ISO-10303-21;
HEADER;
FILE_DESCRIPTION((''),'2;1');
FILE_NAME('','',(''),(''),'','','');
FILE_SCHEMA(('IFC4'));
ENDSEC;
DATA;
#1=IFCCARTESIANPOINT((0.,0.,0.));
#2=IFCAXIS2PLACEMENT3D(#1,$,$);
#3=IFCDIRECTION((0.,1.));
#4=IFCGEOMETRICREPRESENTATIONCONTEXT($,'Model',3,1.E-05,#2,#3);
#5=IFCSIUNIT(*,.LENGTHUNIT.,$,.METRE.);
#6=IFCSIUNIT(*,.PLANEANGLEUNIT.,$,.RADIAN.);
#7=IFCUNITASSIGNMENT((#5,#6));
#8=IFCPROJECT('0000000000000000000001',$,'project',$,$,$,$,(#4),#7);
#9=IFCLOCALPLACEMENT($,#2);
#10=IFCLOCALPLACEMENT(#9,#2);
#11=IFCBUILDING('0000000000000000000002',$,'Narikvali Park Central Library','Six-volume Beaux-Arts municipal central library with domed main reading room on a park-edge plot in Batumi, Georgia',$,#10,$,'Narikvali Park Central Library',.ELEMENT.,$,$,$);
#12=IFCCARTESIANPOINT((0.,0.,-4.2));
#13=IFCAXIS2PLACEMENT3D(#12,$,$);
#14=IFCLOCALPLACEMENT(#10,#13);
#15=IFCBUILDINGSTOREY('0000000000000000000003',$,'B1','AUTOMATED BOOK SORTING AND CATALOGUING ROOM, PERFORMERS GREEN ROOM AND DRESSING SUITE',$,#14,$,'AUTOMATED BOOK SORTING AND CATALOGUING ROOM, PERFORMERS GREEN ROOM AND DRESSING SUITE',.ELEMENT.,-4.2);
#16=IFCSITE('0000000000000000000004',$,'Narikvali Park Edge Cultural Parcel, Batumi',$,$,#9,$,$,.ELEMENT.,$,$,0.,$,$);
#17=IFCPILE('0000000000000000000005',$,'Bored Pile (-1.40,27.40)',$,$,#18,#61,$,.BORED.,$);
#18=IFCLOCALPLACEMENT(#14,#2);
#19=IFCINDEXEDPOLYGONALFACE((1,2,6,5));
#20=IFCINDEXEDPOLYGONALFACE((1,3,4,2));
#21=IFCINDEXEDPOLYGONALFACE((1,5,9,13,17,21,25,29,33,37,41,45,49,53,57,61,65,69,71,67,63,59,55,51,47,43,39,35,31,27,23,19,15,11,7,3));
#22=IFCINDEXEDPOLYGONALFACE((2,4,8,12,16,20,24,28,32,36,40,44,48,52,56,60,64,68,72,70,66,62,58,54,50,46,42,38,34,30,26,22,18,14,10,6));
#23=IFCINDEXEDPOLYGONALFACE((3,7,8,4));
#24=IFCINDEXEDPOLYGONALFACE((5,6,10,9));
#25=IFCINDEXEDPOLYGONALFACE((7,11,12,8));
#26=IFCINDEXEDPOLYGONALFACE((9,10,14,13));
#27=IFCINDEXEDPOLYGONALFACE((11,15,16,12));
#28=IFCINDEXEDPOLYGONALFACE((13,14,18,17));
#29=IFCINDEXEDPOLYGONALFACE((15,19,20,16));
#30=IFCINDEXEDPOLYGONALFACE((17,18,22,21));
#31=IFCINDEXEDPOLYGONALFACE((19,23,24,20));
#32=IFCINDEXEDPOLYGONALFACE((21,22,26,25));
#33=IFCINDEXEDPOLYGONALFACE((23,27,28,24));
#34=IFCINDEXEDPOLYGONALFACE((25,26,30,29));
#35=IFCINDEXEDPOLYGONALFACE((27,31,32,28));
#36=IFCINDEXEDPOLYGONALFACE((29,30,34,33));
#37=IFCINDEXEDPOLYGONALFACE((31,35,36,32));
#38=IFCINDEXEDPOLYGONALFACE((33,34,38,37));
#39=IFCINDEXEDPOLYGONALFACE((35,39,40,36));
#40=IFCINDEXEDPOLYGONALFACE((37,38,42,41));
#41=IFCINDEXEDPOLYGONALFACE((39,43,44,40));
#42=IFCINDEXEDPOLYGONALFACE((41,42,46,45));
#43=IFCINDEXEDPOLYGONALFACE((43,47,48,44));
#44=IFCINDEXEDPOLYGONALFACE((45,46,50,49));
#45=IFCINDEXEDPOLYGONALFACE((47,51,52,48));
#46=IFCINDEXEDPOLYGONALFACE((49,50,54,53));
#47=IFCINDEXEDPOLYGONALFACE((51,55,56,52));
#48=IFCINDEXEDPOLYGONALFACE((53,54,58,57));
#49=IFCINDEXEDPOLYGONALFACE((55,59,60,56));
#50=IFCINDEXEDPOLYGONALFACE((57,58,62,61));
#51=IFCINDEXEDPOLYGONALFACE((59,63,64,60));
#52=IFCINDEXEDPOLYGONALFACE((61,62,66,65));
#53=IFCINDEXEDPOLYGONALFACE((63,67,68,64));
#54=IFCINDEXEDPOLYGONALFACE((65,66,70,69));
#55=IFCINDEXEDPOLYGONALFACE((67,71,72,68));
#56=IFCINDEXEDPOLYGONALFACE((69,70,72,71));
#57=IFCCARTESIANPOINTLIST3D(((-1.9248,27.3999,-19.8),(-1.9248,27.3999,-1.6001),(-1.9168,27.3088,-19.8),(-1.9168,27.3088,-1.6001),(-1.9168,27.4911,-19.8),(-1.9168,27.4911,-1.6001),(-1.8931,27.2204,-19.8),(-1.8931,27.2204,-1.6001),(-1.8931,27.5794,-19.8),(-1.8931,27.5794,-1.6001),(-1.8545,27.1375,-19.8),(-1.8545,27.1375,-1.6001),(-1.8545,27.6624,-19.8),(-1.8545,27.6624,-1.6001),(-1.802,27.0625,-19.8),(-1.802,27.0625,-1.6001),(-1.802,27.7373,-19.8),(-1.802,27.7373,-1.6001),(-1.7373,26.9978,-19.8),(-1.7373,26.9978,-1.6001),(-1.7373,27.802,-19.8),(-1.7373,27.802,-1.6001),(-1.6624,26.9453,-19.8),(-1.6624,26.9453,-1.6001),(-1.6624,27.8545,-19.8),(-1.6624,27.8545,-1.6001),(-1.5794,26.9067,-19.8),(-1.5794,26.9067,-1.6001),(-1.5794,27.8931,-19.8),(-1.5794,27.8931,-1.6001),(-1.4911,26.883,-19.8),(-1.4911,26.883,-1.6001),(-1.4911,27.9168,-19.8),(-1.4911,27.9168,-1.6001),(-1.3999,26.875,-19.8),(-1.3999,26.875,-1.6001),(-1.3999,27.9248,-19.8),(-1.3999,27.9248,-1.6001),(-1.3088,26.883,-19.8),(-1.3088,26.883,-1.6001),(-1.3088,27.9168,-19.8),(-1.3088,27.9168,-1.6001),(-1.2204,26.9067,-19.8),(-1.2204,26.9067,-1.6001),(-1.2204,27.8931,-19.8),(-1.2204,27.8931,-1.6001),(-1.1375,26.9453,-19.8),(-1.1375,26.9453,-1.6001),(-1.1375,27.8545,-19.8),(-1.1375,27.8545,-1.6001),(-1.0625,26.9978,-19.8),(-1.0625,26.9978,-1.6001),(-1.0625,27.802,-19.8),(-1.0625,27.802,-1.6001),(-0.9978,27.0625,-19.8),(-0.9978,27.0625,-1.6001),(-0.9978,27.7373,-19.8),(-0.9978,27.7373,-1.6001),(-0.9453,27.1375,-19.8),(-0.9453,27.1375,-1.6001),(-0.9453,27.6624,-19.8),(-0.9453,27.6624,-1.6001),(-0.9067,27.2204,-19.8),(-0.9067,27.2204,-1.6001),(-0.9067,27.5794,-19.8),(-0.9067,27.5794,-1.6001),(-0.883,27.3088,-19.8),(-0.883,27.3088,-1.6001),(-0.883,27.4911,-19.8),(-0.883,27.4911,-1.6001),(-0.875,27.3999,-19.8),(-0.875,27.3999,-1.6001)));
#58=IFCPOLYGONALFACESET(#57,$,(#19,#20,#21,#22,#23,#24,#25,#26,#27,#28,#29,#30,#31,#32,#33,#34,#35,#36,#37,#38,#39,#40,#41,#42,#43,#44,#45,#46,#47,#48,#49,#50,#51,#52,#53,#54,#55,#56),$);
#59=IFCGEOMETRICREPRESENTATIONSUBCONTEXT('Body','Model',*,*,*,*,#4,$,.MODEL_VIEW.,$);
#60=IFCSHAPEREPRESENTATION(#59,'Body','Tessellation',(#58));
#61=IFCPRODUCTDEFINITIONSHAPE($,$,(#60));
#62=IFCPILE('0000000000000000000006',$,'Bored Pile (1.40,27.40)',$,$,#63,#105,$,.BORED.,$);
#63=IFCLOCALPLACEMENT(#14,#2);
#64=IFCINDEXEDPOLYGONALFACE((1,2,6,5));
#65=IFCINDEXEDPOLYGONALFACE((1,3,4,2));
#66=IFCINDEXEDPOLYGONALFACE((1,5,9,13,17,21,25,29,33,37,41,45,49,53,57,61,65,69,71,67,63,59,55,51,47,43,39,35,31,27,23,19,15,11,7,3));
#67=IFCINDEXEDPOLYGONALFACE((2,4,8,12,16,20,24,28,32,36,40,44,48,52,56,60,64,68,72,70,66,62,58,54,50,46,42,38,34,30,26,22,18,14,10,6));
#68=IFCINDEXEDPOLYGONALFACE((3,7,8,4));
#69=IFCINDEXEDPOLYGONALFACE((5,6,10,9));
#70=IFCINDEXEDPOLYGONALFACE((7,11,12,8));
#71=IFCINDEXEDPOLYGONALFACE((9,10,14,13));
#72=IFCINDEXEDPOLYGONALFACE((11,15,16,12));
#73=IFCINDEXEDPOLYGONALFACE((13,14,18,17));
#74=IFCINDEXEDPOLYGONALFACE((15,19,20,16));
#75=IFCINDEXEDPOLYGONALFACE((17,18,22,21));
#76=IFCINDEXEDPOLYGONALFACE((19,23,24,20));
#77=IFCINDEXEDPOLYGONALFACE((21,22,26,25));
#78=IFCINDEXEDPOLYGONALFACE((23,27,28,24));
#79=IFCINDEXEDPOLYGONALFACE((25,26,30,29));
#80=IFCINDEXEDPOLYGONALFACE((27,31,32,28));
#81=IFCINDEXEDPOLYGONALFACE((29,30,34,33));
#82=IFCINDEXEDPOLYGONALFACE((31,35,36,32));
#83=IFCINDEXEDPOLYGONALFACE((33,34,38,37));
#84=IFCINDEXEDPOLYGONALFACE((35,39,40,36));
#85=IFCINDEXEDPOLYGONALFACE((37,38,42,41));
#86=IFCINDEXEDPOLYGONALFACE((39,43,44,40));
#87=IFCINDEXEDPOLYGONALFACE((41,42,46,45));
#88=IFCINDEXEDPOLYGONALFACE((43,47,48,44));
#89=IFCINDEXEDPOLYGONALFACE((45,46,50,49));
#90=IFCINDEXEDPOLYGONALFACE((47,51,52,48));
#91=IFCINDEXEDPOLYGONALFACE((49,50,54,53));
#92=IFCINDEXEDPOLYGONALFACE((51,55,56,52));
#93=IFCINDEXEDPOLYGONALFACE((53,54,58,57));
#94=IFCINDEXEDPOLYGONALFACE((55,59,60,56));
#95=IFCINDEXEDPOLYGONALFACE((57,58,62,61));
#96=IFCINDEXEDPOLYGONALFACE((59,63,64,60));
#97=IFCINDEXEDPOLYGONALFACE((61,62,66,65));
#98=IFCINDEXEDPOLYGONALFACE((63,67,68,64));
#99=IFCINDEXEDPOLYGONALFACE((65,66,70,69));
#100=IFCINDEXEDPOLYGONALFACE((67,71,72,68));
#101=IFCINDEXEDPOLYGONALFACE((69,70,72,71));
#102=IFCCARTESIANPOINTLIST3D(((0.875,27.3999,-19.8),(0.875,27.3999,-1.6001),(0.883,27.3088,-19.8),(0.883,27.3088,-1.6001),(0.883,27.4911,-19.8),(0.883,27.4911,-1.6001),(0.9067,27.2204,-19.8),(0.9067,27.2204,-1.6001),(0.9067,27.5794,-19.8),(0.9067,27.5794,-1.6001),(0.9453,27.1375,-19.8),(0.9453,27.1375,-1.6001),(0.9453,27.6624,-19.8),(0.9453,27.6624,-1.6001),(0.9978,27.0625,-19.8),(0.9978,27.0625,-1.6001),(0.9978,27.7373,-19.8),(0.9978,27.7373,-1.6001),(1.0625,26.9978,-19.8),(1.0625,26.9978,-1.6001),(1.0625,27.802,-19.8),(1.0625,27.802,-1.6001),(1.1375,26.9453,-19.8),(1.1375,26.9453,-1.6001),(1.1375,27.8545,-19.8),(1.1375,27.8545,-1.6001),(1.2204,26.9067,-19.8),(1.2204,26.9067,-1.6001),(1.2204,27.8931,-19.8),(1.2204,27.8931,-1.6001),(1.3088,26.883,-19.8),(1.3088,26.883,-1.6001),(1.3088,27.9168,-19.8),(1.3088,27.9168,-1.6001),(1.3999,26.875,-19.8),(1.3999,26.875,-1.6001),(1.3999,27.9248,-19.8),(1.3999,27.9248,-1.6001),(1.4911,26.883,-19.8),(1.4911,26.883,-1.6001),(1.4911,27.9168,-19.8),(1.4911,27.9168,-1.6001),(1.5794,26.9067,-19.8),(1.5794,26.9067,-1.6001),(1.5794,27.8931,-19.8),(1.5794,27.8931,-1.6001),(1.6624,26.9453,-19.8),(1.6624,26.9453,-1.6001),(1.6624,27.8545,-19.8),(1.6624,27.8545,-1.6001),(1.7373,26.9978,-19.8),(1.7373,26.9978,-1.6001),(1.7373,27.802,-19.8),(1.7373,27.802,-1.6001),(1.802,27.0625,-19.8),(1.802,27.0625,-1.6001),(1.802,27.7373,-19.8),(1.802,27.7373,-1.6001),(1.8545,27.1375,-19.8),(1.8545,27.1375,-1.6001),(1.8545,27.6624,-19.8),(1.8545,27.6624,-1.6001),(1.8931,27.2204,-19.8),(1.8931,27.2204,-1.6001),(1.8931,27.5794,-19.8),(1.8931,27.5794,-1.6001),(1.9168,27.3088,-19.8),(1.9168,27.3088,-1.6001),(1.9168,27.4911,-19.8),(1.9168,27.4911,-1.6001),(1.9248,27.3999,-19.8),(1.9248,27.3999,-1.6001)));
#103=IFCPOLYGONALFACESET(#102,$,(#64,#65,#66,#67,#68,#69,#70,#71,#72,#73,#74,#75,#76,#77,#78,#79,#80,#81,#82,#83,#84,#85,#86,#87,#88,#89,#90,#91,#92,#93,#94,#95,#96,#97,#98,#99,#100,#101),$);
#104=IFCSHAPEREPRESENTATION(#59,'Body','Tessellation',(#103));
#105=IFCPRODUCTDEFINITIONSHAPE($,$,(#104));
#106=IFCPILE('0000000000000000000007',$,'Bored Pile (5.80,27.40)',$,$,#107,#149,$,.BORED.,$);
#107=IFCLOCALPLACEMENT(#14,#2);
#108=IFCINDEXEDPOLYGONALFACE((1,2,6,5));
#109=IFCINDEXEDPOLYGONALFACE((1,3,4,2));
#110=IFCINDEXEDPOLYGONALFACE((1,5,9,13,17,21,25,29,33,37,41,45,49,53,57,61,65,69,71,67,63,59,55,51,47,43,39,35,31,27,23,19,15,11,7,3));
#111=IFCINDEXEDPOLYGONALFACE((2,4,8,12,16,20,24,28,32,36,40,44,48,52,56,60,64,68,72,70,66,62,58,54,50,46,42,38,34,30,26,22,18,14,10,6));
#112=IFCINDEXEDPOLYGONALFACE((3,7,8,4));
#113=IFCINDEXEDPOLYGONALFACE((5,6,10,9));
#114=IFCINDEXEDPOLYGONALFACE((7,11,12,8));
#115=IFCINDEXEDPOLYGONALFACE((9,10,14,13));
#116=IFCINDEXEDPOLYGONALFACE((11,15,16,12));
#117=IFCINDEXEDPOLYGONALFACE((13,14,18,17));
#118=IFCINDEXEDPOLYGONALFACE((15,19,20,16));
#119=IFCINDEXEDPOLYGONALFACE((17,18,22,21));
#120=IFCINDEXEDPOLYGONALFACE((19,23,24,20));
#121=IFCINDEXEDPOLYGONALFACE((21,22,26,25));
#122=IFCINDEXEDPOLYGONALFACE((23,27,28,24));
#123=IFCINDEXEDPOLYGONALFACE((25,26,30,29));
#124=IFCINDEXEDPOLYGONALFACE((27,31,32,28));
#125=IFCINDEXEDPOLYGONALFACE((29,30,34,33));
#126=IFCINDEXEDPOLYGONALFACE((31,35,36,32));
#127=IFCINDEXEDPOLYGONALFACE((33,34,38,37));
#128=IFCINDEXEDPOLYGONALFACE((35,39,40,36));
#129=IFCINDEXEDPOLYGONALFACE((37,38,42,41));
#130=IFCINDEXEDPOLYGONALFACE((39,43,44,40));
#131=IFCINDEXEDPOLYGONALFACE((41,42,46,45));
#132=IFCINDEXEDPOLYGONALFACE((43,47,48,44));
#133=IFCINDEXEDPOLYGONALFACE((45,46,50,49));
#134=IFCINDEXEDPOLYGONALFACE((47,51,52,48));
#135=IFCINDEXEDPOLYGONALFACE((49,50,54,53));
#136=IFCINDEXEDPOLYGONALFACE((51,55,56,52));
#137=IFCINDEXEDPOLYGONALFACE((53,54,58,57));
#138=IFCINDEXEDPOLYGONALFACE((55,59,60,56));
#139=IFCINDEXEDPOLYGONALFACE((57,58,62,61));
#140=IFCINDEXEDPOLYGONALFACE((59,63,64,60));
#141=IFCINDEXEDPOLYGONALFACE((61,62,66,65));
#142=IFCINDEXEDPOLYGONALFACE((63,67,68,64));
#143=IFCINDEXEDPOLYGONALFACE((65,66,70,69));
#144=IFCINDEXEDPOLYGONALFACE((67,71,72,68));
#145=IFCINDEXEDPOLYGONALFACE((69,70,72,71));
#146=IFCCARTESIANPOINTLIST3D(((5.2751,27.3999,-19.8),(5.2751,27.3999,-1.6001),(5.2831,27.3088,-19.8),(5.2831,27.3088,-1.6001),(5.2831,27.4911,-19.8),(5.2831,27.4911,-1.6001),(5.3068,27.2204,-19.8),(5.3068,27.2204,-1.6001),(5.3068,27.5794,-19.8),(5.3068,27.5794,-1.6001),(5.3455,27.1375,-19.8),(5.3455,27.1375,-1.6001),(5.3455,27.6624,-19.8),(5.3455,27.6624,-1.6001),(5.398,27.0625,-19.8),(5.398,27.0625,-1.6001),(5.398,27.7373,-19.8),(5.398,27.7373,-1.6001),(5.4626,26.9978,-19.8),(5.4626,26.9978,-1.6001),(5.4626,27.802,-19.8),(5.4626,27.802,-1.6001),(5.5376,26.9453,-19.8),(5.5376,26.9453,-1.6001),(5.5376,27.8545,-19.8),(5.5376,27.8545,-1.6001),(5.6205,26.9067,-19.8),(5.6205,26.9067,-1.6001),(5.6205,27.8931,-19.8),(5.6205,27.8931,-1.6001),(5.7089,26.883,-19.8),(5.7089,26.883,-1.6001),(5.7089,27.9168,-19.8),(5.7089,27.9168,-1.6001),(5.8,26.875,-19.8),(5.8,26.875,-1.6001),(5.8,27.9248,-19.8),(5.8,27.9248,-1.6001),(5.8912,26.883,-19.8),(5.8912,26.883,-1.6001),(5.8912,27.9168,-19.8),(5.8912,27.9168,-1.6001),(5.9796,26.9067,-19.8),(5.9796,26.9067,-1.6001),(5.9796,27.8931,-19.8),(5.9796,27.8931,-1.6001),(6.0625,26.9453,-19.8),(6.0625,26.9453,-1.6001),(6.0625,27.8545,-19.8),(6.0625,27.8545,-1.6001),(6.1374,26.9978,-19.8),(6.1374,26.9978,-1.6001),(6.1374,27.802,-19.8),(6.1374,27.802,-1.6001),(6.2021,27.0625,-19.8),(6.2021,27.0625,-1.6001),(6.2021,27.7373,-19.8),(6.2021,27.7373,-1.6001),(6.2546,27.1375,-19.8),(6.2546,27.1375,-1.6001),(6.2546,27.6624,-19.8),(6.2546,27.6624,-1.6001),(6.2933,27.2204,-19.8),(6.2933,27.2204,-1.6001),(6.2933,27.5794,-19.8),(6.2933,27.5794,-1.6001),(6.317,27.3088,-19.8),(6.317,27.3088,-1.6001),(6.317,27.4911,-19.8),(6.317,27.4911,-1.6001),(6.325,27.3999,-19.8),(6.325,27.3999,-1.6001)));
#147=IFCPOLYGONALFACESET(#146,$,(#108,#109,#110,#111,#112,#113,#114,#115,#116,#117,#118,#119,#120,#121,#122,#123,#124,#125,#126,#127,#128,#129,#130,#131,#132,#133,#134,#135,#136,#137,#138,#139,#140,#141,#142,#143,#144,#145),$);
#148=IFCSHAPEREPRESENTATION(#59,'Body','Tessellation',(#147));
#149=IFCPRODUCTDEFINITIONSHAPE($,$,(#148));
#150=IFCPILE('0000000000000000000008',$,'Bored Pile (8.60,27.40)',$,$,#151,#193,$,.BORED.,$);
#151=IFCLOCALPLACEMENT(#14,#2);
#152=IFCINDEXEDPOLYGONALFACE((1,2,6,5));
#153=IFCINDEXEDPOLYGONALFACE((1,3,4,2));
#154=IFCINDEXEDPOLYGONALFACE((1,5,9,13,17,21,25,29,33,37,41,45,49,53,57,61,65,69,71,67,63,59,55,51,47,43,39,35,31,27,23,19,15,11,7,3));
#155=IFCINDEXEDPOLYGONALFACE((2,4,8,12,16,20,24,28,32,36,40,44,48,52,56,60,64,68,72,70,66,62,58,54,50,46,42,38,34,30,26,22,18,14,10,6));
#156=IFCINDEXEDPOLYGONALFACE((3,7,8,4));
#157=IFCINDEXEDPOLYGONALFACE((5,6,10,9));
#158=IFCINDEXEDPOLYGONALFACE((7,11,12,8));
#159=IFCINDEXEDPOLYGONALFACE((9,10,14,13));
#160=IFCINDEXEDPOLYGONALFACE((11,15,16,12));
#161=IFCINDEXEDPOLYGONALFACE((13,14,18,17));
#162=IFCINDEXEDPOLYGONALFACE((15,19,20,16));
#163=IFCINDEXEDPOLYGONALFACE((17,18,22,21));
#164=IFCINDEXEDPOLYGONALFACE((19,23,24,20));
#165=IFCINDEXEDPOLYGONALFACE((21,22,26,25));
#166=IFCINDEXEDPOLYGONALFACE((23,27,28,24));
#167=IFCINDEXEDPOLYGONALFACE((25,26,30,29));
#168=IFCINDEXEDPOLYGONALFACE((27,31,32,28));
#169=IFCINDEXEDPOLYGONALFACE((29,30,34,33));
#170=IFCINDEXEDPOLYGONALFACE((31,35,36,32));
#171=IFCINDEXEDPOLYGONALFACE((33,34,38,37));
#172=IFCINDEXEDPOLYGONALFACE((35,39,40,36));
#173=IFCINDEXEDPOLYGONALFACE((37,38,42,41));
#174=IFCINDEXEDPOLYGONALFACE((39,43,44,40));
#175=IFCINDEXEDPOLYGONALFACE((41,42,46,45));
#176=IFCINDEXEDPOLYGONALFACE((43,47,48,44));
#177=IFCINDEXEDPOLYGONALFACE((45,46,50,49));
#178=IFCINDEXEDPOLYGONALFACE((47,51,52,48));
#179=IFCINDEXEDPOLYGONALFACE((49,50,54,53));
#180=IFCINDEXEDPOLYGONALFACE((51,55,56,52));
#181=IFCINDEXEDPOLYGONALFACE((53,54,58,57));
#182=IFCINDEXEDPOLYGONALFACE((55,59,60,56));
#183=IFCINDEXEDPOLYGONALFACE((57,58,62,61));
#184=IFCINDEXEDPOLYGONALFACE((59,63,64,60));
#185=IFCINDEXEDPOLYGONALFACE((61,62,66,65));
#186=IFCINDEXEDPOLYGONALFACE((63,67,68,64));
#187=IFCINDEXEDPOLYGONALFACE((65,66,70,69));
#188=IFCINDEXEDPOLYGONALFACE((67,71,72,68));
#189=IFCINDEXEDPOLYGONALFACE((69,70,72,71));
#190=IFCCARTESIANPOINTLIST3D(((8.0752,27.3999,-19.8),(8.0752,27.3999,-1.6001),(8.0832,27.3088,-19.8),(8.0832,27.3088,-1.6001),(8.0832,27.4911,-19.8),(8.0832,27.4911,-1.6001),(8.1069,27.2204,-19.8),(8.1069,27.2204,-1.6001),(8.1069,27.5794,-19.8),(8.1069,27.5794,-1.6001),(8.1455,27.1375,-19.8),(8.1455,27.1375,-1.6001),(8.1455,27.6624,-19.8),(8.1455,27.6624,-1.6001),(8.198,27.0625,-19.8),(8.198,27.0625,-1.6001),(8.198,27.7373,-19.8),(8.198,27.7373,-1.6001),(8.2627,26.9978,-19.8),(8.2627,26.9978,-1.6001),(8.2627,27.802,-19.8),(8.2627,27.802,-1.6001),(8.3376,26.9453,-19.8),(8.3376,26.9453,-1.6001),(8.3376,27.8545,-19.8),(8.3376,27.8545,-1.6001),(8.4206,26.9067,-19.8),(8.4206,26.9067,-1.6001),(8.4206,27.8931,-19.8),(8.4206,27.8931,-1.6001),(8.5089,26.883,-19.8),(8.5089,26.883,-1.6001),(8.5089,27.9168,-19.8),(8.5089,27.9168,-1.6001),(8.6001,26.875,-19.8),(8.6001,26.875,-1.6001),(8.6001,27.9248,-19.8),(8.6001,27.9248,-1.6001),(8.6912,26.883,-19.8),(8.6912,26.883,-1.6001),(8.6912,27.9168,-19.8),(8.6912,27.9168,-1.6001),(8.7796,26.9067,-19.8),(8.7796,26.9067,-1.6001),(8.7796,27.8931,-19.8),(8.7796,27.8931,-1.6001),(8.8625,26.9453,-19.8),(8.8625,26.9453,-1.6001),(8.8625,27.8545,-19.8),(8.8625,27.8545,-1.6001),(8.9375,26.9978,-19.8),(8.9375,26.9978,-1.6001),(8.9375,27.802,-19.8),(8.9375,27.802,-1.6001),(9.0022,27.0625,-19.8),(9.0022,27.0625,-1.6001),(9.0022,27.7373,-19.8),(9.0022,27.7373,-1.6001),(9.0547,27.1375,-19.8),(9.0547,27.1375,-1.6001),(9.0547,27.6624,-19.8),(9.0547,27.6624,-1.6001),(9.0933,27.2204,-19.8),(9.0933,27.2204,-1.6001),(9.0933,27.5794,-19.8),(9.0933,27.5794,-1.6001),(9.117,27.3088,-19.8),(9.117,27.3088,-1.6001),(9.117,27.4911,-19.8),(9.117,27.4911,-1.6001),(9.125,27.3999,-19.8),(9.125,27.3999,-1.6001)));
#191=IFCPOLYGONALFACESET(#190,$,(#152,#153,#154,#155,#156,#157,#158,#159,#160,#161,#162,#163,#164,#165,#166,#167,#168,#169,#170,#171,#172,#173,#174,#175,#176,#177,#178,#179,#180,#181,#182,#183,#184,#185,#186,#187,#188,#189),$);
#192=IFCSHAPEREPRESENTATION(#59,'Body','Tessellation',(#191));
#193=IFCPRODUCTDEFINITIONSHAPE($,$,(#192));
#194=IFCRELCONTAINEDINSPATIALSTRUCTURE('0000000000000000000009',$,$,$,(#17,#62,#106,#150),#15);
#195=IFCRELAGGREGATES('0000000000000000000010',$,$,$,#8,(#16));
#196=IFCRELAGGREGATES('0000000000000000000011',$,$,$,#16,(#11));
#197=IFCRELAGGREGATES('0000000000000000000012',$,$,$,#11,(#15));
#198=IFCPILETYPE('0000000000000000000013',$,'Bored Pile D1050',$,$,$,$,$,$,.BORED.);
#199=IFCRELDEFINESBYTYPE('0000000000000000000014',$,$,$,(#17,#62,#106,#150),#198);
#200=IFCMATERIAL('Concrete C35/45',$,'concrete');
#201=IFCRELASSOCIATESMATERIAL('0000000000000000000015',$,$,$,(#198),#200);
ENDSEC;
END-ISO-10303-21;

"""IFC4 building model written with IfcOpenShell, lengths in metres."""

from ifc_helpers import new_model, si_unit, direction, frame, origin, origin_2d, place, context, subcontext, project, spatial, circle, extrude, material, material_profile, profile_set, type_object, element, save


model = new_model("IFC4")

# Units and contexts
model_context = context("Model", 3, precision=1e-05, world=origin(), true_north=direction((0.0, 1.0)))
body_context = subcontext(model_context, "Body", "Model", "MODEL_VIEW")
ifc_project = project(units=[si_unit("LENGTHUNIT", "METRE"), si_unit("PLANEANGLEUNIT", "RADIAN")], contexts=[model_context])

# Site, building, storey
site_placement = place(None, origin())
site = spatial("IfcSite", under=ifc_project, at=site_placement, Name="Narikvali Park Edge Cultural Parcel, Batumi", CompositionType="ELEMENT", RefElevation=0.0)
building_placement = place(site_placement, origin())
building = spatial("IfcBuilding", under=site, at=building_placement, Name="Narikvali Park Central Library", Description="Six-volume Beaux-Arts municipal central library with domed main reading room on a park-edge plot in Batumi, Georgia", LongName="Narikvali Park Central Library", CompositionType="ELEMENT")
storey_placement = place(building_placement, frame((0.0, 0.0, -4.2)))
storey = spatial("IfcBuildingStorey", under=building, at=storey_placement, Name="B1", Description="AUTOMATED BOOK SORTING AND CATALOGUING ROOM, PERFORMERS GREEN ROOM AND DRESSING SUITE", LongName="AUTOMATED BOOK SORTING AND CATALOGUING ROOM, PERFORMERS GREEN ROOM AND DRESSING SUITE", CompositionType="ELEMENT", Elevation=-4.2)

# Piles
ifc_material_1 = material(Name="Concrete C35/45", Category="concrete")
ifc_material_profile_1 = material_profile(ifc_material_1, circle(Radius=0.5249, at=origin_2d()), Name="PILE D1050")
ifc_profile_set_1 = profile_set([ifc_material_profile_1], Name="Concrete C35/45")
pile_type_1 = type_object("IfcPileType", Name="Bored Pile D1050", PredefinedType="BORED", material=ifc_profile_set_1)
for number, where, z_axis, x_axis, name in (
    (1, (-1.3999, 27.3999, -1.6001), (0.0, 0.0, -1.0), (1.0, 0.0, 0.0), "Bored Pile (-1.40,27.40)"),
    (2, (1.3999, 27.3999, -1.6001), (0.0, 0.0, -1.0), (1.0, 0.0, 0.0), "Bored Pile (1.40,27.40)"),
    (3, (5.8, 27.3999, -1.6001), (0.0, 0.0, -1.0), (1.0, 0.0, 0.0), "Bored Pile (5.80,27.40)"),
    (4, (8.6001, 27.3999, -1.6001), (0.0, 0.0, -1.0), (1.0, 0.0, 0.0), "Bored Pile (8.60,27.40)"),
):
    element("IfcPile", number, at=place(storey_placement, frame(where, z_axis=z_axis, x_axis=x_axis)), inside=storey, type_object=pile_type_1, Name=name, PredefinedType="BORED", context=body_context, shape_type="SweptSolid", body=[
        extrude(circle(Radius=0.5249, at=origin_2d()), origin(), (0.0, 0.0, 1.0), 18.2),
    ])

save(model, "model.ifc")
